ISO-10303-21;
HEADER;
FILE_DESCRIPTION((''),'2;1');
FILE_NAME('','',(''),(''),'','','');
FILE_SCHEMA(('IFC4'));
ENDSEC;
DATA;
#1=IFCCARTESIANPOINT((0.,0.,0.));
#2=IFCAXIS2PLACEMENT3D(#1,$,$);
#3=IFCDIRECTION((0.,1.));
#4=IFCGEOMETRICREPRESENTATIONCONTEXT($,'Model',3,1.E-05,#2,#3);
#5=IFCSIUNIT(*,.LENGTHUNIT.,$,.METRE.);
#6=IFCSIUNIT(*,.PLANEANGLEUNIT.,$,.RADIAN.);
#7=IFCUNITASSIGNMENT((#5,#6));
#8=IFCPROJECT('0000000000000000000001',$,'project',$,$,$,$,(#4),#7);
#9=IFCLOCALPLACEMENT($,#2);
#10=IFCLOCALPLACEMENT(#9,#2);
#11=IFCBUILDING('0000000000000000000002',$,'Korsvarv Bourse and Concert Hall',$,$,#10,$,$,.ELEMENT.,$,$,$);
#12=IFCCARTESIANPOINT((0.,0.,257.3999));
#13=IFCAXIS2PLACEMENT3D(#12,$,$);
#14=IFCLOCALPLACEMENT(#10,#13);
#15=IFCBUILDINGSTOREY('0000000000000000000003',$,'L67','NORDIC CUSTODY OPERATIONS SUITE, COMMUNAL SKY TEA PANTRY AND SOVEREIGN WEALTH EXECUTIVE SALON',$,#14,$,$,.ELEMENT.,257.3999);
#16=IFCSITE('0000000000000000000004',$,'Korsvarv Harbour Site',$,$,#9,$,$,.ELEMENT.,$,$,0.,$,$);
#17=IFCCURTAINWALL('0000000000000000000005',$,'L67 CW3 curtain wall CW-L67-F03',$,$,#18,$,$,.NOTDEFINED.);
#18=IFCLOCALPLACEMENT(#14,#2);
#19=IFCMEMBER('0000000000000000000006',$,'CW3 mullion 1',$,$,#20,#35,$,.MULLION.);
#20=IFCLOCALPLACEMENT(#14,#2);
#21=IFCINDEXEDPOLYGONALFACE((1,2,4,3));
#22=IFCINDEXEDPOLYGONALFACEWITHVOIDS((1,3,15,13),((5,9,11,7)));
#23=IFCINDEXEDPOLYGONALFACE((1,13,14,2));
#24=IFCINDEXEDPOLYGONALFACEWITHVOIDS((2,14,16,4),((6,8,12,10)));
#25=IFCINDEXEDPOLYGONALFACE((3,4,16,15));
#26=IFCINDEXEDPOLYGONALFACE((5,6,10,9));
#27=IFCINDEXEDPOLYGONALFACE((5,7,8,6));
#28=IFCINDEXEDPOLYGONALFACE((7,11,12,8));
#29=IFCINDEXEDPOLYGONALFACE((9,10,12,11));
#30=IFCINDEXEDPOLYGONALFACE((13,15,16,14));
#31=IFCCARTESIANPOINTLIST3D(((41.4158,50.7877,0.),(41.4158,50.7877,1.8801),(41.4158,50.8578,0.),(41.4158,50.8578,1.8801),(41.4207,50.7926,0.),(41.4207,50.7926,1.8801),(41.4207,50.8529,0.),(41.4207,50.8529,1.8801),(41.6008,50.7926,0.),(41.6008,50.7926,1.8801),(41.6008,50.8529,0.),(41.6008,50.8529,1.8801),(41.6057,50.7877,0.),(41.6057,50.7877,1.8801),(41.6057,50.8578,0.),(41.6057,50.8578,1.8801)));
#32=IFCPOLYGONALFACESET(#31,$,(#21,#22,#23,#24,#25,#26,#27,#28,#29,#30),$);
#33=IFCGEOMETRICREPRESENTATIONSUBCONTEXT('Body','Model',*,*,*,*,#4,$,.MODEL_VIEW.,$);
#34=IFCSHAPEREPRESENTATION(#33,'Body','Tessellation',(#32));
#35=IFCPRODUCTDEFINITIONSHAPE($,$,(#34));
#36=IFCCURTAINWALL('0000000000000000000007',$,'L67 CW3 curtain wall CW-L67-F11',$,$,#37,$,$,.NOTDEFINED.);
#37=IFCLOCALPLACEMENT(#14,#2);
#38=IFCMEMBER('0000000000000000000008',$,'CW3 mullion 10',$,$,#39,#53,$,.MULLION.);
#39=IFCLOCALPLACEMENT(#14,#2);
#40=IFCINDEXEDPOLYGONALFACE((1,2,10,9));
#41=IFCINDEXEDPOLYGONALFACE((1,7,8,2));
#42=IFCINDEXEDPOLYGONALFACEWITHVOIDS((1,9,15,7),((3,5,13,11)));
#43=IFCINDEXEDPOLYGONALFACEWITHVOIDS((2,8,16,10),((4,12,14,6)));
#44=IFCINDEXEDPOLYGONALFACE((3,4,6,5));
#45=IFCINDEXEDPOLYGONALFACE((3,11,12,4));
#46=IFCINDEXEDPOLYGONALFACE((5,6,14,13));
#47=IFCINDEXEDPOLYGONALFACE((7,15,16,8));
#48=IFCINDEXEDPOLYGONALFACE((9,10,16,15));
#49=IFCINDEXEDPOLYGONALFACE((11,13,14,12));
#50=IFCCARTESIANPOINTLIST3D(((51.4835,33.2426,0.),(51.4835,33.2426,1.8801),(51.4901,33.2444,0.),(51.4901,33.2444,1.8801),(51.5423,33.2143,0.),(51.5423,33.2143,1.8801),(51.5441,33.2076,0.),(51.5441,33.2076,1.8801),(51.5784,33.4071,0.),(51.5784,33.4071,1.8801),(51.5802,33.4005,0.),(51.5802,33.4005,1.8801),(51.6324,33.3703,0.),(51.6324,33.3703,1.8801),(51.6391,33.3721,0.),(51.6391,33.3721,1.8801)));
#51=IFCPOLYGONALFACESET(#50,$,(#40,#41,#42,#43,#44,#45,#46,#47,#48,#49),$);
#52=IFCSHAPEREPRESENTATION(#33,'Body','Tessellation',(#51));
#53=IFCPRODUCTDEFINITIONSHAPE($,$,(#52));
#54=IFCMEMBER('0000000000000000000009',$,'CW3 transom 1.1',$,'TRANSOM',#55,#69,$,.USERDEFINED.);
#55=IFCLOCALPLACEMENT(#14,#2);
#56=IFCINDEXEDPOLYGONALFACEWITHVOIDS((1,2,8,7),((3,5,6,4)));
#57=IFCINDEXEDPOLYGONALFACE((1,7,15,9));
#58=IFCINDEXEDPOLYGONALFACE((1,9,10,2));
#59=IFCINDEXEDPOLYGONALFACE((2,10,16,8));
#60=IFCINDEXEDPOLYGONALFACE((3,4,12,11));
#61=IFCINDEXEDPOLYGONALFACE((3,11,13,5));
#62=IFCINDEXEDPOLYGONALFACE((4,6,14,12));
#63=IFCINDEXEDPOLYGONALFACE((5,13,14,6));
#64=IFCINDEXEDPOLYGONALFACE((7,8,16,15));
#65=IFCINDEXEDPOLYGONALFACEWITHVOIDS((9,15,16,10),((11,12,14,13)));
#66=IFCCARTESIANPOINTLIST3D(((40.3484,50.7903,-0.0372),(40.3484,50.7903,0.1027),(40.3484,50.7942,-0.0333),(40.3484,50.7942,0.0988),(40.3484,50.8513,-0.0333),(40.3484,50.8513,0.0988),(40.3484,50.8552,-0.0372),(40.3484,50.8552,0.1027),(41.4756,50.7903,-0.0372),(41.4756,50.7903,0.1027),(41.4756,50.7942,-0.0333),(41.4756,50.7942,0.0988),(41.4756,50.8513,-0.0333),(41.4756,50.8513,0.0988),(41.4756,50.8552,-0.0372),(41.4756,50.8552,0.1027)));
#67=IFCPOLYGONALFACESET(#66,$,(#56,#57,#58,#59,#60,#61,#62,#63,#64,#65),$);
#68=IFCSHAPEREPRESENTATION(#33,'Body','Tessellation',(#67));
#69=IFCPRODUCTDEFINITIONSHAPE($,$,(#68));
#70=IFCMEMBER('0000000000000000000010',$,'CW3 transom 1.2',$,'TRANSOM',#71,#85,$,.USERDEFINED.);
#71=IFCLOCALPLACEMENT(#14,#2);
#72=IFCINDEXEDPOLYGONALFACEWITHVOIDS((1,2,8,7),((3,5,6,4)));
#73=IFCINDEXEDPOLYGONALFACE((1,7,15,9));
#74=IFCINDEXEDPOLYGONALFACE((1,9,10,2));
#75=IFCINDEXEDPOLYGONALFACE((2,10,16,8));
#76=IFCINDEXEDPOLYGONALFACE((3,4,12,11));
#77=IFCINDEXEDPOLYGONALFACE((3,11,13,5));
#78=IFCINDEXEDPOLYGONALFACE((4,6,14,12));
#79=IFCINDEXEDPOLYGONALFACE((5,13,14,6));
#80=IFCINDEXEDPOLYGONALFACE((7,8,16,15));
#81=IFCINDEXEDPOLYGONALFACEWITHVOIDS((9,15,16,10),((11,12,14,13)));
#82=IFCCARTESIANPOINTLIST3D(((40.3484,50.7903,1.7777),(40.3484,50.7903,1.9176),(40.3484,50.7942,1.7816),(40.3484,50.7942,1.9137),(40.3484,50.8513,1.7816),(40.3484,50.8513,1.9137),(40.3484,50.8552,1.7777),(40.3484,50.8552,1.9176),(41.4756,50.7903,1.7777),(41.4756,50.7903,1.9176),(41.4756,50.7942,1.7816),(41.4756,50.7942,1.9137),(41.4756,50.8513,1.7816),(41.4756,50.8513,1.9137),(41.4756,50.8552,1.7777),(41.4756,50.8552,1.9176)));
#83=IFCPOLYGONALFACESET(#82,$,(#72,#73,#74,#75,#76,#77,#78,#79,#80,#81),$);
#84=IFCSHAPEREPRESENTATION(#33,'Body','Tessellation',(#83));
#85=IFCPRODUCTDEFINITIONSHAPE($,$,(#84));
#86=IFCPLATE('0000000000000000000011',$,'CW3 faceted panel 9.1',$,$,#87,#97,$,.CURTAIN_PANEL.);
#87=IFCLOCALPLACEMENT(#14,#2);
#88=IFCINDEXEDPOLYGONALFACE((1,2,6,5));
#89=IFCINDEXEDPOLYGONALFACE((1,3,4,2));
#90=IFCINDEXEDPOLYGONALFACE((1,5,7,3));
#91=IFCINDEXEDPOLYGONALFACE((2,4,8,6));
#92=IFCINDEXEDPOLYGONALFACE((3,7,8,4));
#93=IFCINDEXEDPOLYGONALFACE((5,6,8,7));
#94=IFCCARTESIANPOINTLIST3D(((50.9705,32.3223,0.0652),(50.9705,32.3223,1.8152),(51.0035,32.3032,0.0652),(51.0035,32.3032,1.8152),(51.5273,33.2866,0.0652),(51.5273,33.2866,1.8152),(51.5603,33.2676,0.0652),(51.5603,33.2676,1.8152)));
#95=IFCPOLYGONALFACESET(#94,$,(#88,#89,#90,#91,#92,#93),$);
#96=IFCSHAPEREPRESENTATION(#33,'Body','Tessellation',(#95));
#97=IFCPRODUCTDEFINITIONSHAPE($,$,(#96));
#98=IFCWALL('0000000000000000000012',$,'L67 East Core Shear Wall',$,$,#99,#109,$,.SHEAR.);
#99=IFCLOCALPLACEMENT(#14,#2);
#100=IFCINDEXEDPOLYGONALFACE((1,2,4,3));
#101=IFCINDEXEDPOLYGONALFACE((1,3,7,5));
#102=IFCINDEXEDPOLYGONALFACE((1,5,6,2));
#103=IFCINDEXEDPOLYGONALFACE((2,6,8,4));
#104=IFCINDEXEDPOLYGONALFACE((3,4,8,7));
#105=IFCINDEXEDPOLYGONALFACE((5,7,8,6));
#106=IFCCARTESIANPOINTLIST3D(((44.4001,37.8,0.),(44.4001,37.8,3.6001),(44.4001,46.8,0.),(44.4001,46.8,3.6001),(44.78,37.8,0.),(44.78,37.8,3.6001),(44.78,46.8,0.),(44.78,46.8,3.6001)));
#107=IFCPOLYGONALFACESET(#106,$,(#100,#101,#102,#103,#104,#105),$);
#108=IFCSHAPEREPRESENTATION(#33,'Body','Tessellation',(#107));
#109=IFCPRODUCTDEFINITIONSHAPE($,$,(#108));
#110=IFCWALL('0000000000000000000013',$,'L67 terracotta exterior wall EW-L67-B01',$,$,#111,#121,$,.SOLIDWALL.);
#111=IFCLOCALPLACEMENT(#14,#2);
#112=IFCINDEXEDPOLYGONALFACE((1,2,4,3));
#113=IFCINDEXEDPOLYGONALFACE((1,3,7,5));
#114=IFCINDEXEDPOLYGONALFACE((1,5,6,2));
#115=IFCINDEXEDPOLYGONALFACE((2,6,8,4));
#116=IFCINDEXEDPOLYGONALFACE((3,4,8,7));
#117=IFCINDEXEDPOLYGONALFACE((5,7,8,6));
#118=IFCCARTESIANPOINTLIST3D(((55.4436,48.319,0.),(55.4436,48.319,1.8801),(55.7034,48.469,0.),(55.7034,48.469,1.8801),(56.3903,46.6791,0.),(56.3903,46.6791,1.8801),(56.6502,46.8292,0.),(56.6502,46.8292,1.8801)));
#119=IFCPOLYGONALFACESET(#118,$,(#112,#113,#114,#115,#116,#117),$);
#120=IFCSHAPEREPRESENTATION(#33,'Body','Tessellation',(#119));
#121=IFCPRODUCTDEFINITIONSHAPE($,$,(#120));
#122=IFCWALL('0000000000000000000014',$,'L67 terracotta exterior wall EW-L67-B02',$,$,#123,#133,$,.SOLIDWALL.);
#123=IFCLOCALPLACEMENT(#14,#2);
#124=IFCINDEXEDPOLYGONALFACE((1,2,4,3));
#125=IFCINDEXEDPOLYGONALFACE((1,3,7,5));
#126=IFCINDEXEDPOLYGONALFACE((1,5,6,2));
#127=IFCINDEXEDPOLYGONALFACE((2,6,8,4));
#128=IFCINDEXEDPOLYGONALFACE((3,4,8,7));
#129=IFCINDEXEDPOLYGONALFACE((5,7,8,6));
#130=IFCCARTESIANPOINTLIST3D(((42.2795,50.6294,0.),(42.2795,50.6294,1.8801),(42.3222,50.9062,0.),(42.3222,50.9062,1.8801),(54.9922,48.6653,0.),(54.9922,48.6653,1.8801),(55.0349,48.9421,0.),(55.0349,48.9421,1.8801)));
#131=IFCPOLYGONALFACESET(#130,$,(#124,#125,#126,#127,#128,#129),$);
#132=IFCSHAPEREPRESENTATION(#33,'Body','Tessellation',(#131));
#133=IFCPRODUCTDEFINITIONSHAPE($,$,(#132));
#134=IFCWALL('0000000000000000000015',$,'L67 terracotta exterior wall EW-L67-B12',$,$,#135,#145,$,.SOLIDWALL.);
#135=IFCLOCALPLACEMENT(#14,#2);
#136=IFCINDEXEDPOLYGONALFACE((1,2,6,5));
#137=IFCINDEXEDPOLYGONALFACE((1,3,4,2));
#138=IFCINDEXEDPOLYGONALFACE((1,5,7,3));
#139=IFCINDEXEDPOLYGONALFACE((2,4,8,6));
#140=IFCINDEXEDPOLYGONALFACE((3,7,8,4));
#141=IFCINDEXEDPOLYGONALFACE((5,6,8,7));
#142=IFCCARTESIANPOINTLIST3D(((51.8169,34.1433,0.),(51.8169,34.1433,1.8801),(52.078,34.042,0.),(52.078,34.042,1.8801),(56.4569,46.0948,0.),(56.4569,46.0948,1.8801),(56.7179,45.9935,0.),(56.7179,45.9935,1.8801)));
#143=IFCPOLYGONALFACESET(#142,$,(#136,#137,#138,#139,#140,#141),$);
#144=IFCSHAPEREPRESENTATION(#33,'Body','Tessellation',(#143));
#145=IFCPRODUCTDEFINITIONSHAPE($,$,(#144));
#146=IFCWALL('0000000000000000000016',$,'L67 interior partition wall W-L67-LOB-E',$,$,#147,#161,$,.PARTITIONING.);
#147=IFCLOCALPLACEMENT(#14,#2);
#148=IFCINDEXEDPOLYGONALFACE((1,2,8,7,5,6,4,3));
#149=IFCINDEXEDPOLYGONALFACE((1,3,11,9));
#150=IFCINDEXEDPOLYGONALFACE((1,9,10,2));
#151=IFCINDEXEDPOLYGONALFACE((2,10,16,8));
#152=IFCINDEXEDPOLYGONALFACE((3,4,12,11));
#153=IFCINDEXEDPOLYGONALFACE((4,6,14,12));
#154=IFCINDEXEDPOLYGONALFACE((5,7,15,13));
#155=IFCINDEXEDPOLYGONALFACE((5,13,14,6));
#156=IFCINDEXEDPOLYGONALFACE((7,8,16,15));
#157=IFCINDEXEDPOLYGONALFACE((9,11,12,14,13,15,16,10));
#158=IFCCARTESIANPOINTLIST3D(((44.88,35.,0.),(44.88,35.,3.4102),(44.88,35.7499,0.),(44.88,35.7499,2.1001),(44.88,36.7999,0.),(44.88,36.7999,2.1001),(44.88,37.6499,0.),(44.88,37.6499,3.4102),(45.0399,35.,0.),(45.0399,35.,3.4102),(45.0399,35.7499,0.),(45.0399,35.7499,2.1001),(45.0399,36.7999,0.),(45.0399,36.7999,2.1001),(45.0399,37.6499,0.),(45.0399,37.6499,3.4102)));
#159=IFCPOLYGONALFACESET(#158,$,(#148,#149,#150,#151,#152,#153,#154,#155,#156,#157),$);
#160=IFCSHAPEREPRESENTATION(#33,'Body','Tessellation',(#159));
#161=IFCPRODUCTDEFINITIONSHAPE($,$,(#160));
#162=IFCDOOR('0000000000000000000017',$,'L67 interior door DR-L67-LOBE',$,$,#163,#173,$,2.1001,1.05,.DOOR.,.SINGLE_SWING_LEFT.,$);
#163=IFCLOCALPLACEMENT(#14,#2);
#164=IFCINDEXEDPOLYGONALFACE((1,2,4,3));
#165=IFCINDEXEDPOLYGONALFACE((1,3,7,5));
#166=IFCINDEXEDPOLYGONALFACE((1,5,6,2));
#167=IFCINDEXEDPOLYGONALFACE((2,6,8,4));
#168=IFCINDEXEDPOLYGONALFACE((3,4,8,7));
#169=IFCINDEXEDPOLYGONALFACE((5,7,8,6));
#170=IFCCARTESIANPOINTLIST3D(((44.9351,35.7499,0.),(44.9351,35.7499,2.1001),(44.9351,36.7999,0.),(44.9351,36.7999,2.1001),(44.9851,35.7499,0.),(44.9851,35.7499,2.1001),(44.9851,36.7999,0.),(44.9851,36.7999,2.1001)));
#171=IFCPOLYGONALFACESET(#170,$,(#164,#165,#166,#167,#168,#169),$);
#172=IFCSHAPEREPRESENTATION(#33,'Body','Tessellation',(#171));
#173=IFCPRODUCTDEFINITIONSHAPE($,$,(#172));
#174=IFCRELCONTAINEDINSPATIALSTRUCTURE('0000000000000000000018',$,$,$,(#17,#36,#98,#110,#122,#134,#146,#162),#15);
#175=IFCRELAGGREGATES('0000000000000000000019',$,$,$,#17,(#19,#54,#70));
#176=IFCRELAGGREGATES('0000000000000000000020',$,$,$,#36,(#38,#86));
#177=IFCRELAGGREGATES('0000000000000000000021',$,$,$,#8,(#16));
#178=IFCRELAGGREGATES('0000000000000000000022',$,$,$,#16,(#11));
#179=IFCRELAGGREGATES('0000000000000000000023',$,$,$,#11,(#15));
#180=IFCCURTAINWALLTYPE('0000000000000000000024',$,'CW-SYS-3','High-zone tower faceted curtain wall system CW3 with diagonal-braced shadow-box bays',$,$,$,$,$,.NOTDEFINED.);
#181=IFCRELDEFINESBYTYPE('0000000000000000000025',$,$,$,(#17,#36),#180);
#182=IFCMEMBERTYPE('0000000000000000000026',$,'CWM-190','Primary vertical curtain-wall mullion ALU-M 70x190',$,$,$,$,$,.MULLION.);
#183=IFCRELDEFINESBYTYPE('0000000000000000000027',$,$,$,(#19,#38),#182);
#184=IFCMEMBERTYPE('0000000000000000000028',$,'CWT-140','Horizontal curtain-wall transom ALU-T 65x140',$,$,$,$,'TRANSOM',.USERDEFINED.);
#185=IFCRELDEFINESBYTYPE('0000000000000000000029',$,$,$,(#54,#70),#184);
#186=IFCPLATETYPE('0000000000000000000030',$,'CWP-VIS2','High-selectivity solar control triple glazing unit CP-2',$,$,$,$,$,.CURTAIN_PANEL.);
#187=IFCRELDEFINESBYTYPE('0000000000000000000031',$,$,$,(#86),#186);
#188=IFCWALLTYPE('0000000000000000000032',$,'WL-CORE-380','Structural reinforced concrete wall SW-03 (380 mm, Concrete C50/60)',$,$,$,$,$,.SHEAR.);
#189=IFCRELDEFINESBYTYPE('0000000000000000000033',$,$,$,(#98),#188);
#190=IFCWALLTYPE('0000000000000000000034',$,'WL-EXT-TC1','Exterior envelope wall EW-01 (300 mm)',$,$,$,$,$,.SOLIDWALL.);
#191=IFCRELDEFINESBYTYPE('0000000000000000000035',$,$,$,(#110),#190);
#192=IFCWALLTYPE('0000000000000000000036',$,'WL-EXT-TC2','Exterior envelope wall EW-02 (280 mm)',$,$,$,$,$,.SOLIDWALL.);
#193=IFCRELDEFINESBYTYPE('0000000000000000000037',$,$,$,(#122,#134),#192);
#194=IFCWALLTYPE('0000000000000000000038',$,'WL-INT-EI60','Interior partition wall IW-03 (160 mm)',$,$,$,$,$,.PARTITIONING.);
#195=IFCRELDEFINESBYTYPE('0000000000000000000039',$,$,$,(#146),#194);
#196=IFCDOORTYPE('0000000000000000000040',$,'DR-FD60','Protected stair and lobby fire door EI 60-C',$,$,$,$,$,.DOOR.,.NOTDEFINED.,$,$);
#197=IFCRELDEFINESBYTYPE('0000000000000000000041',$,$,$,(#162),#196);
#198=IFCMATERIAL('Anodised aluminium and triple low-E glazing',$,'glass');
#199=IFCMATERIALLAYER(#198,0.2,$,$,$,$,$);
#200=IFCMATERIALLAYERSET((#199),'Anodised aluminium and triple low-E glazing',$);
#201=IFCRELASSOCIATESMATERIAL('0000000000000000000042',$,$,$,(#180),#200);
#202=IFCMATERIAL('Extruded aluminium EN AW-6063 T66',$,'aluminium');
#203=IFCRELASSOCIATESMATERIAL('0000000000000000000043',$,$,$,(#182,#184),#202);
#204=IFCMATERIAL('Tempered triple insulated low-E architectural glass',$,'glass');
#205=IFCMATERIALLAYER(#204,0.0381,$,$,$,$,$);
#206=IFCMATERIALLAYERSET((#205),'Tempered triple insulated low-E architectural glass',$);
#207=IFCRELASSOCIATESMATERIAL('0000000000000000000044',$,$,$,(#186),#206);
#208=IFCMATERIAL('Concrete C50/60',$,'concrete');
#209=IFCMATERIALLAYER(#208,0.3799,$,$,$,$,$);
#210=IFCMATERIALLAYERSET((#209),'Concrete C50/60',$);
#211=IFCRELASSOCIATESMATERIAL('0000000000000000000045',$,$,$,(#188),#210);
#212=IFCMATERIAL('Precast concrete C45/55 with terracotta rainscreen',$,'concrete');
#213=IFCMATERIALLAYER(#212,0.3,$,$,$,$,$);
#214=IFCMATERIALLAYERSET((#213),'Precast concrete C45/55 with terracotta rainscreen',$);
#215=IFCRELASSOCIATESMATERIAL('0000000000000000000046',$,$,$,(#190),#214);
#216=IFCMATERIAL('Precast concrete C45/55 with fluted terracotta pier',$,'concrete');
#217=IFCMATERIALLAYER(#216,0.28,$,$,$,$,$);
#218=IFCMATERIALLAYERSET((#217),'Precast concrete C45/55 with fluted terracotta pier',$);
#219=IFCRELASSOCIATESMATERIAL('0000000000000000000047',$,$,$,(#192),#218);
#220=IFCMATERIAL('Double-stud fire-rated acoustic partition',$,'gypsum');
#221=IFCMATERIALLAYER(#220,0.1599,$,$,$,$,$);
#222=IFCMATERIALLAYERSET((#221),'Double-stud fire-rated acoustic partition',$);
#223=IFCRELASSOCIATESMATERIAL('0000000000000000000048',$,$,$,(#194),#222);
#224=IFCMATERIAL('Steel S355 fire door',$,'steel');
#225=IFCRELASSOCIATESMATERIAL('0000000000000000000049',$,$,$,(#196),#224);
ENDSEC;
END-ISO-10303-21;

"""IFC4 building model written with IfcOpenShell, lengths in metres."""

from ifc_helpers import new_model, si_unit, direction, frame, frame_2d, origin, origin_2d, place, context, subcontext, project, spatial, rectangle, hollow_rectangle, extrude, source, transform, mapped, material, layer, layer_set, material_profile, profile_set, type_object, element, fill, aggregate, save


model = new_model("IFC4")

# Units and contexts
model_context = context("Model", 3, precision=1e-05, world=origin(), true_north=direction((0.0, 1.0)))
body_context = subcontext(model_context, "Body", "Model", "MODEL_VIEW")
ifc_project = project(units=[si_unit("LENGTHUNIT", "METRE"), si_unit("PLANEANGLEUNIT", "RADIAN")], contexts=[model_context])

# Site, building, storey
site_placement = place(None, origin())
site = spatial("IfcSite", under=ifc_project, at=site_placement, Name="Korsvarv Harbour Site", CompositionType="ELEMENT", RefElevation=0.0)
building_placement = place(site_placement, origin())
building = spatial("IfcBuilding", under=site, at=building_placement, Name="Korsvarv Bourse and Concert Hall", CompositionType="ELEMENT")
storey_placement = place(building_placement, frame((0.0, 0.0, 257.3999)))
storey = spatial("IfcBuildingStorey", under=building, at=storey_placement, Name="L67", Description="NORDIC CUSTODY OPERATIONS SUITE, COMMUNAL SKY TEA PANTRY AND SOVEREIGN WEALTH EXECUTIVE SALON", CompositionType="ELEMENT", Elevation=257.3999)

# Shared definitions
ifc_material_1 = material(Name="Concrete C50/60", Category="concrete")

# Curtain walls, members
ifc_material_2 = material(Name="Anodised aluminium and triple low-E glazing", Category="glass")
ifc_layer_1 = layer(ifc_material_2, 0.2)
ifc_layer_set_1 = layer_set([ifc_layer_1], Name="Anodised aluminium and triple low-E glazing")
curtain_wall_type = type_object("IfcCurtainWallType", Name="CW-SYS-3", Description="High-zone tower faceted curtain wall system CW3 with diagonal-braced shadow-box bays", PredefinedType="NOTDEFINED", material=ifc_layer_set_1)
curtain_wall_1_placement = place(storey_placement, origin())
curtain_wall_1 = element("IfcCurtainWall", 1, at=curtain_wall_1_placement, inside=storey, type_object=curtain_wall_type, Name="L67 CW3 curtain wall CW-L67-F03", PredefinedType="NOTDEFINED")
ifc_material_3 = material(Name="Extruded aluminium EN AW-6063 T66", Category="aluminium")
ifc_material_profile_1 = material_profile(ifc_material_3, hollow_rectangle(XDim=0.0701, YDim=0.1899, WallThickness=0.0049, at=origin_2d()), Name="ALU-M 70x190")
ifc_profile_set_1 = profile_set([ifc_material_profile_1], Name="Extruded aluminium EN AW-6063 T66")
member_type_1 = type_object("IfcMemberType", Name="CWM-190", Description="Primary vertical curtain-wall mullion ALU-M 70x190", PredefinedType="MULLION", material=ifc_profile_set_1)
shared_shape_1 = source(origin(), body_context, "Body", "SweptSolid", [
    extrude(hollow_rectangle(XDim=0.0701, YDim=0.1899, WallThickness=0.0049, at=origin_2d()), origin(), (0.0, 0.0, 1.0), 1.8801),
])
member_1_placement = place(storey_placement, frame((41.5107, 50.8228, 0.0), z_axis=(0.0, 0.0, 1.0), x_axis=(0.0, -1.0, 0.0)))
member_1 = element("IfcMember", 2, at=member_1_placement, type_object=member_type_1, Name="CW3 mullion 1", PredefinedType="MULLION", context=body_context, shape_type="MappedRepresentation", body=[
    mapped(shared_shape_1, transform((0.0, 0.0, 0.0), scale=1.0)),
])
curtain_wall_2_placement = place(storey_placement, origin())
curtain_wall_2 = element("IfcCurtainWall", 3, at=curtain_wall_2_placement, inside=storey, type_object=curtain_wall_type, Name="L67 CW3 curtain wall CW-L67-F11", PredefinedType="NOTDEFINED")
member_2_placement = place(storey_placement, frame((51.5613, 33.3074, 0.0), z_axis=(0.0, 0.0, 1.0), x_axis=(-0.866023, 0.500004, 0.0)))
member_2 = element("IfcMember", 4, at=member_2_placement, type_object=member_type_1, Name="CW3 mullion 10", PredefinedType="MULLION", context=body_context, shape_type="MappedRepresentation", body=[
    mapped(shared_shape_1, transform((0.0, 0.0, 0.0), scale=1.0)),
])

# Members
ifc_material_profile_2 = material_profile(ifc_material_3, hollow_rectangle(XDim=0.0649, YDim=0.1399, WallThickness=0.0039, at=origin_2d()), Name="ALU-T 65x140")
ifc_profile_set_2 = profile_set([ifc_material_profile_2], Name="Extruded aluminium EN AW-6063 T66")
member_type_2 = type_object("IfcMemberType", Name="CWT-140", Description="Horizontal curtain-wall transom ALU-T 65x140", ElementType="TRANSOM", PredefinedType="USERDEFINED", material=ifc_profile_set_2)
shared_shape_2 = source(origin(), body_context, "Body", "SweptSolid", [
    extrude(hollow_rectangle(XDim=0.0649, YDim=0.1399, WallThickness=0.0039, at=origin_2d()), origin(), (0.0, 0.0, 1.0), 1.1272),
])
member_3_placement = place(storey_placement, frame((41.4756, 50.8228, 0.0327), z_axis=(-1.0, 0.0, 0.0), x_axis=(0.0, -1.0, 0.0)))
member_3 = element("IfcMember", 5, at=member_3_placement, type_object=member_type_2, Name="CW3 transom 1.1", ObjectType="TRANSOM", PredefinedType="USERDEFINED", context=body_context, shape_type="MappedRepresentation", body=[
    mapped(shared_shape_2, transform((0.0, 0.0, 0.0), scale=1.0)),
])
member_4_placement = place(storey_placement, frame((41.4756, 50.8228, 1.8477), z_axis=(-1.0, 0.0, 0.0), x_axis=(0.0, -1.0, 0.0)))
member_4 = element("IfcMember", 6, at=member_4_placement, type_object=member_type_2, Name="CW3 transom 1.2", ObjectType="TRANSOM", PredefinedType="USERDEFINED", context=body_context, shape_type="MappedRepresentation", body=[
    mapped(shared_shape_2, transform((0.0, 0.0, 0.0), scale=1.0)),
])
aggregate(curtain_wall_1, [member_1, member_3, member_4])

# Plate
ifc_material_4 = material(Name="Tempered triple insulated low-E architectural glass", Category="glass")
ifc_layer_2 = layer(ifc_material_4, 0.0381)
ifc_layer_set_2 = layer_set([ifc_layer_2], Name="Tempered triple insulated low-E architectural glass")
plate_type = type_object("IfcPlateType", Name="CWP-VIS2", Description="High-selectivity solar control triple glazing unit CP-2", PredefinedType="CURTAIN_PANEL", material=ifc_layer_set_2)
shared_shape_3 = source(origin(), body_context, "Body", "SweptSolid", [
    extrude(rectangle(XDim=1.1135, YDim=0.0381, at=origin_2d()), origin(), (0.0, 0.0, 1.0), 1.75),
])
plate_placement = place(storey_placement, frame((51.2654, 32.7949, 0.0652), z_axis=(0.0, 0.0, 1.0), x_axis=(0.500004, 0.866023, 0.0)))
plate = element("IfcPlate", 7, at=plate_placement, type_object=plate_type, Name="CW3 faceted panel 9.1", PredefinedType="CURTAIN_PANEL", context=body_context, shape_type="MappedRepresentation", body=[
    mapped(shared_shape_3, transform((0.0, 0.0, 0.0), scale=1.0)),
])
aggregate(curtain_wall_2, [member_2, plate])

# Walls
ifc_layer_3 = layer(ifc_material_1, 0.3799)
ifc_layer_set_3 = layer_set([ifc_layer_3], Name="Concrete C50/60")
wall_type_1 = type_object("IfcWallType", Name="WL-CORE-380", Description="Structural reinforced concrete wall SW-03 (380 mm, Concrete C50/60)", PredefinedType="SHEAR", material=ifc_layer_set_3)
wall_1_placement = place(storey_placement, frame((44.5901, 37.8, 0.0), z_axis=(0.0, 0.0, 1.0), x_axis=(0.0, 1.0, 0.0)))
element("IfcWall", 8, at=wall_1_placement, inside=storey, type_object=wall_type_1, Name="L67 East Core Shear Wall", PredefinedType="SHEAR", context=body_context, shape_type="SweptSolid", body=[
    extrude(rectangle(XDim=9.0, YDim=0.3799, at=frame_2d((4.5, 0.0))), origin(), (0.0, 0.0, 1.0), 3.6001),
])
ifc_material_5 = material(Name="Precast concrete C45/55 with terracotta rainscreen", Category="concrete")
ifc_layer_4 = layer(ifc_material_5, 0.3)
ifc_layer_set_4 = layer_set([ifc_layer_4], Name="Precast concrete C45/55 with terracotta rainscreen")
wall_type_2 = type_object("IfcWallType", Name="WL-EXT-TC1", Description="Exterior envelope wall EW-01 (300 mm)", PredefinedType="SOLIDWALL", material=ifc_layer_set_4)
wall_2_placement = place(storey_placement, frame((56.5203, 46.7542, 0.0), z_axis=(0.0, 0.0, 1.0), x_axis=(-0.499994, 0.866029, 0.0)))
element("IfcWall", 9, at=wall_2_placement, inside=storey, type_object=wall_type_2, Name="L67 terracotta exterior wall EW-L67-B01", PredefinedType="SOLIDWALL", context=body_context, shape_type="SweptSolid", body=[
    extrude(rectangle(XDim=1.8936, YDim=0.3, at=frame_2d((0.9468, 0.0))), origin(), (0.0, 0.0, 1.0), 1.8801),
])
ifc_material_6 = material(Name="Precast concrete C45/55 with fluted terracotta pier", Category="concrete")
ifc_layer_5 = layer(ifc_material_6, 0.28)
ifc_layer_set_5 = layer_set([ifc_layer_5], Name="Precast concrete C45/55 with fluted terracotta pier")
wall_type_3 = type_object("IfcWallType", Name="WL-EXT-TC2", Description="Exterior envelope wall EW-02 (280 mm)", PredefinedType="SOLIDWALL", material=ifc_layer_set_5)
wall_3_placement = place(storey_placement, frame((55.0134, 48.8037, 0.0), z_axis=(0.0, 0.0, 1.0), x_axis=(-0.988274, 0.152689, 0.0)))
element("IfcWall", 10, at=wall_3_placement, inside=storey, type_object=wall_type_3, Name="L67 terracotta exterior wall EW-L67-B02", PredefinedType="SOLIDWALL", context=body_context, shape_type="SweptSolid", body=[
    extrude(rectangle(XDim=12.8635, YDim=0.28, at=frame_2d((6.4316, 0.0))), origin(), (0.0, 0.0, 1.0), 1.8801),
])
wall_4_placement = place(storey_placement, frame((51.9475, 34.0928, 0.0), z_axis=(0.0, 0.0, 1.0), x_axis=(0.361912, 0.932212, 0.0)))
element("IfcWall", 11, at=wall_4_placement, inside=storey, type_object=wall_type_3, Name="L67 terracotta exterior wall EW-L67-B12", PredefinedType="SOLIDWALL", context=body_context, shape_type="SweptSolid", body=[
    extrude(rectangle(XDim=12.8206, YDim=0.28, at=frame_2d((6.4102, 0.0))), origin(), (0.0, 0.0, 1.0), 1.8801),
])

# Wall, opening, door
ifc_material_7 = material(Name="Double-stud fire-rated acoustic partition", Category="gypsum")
ifc_layer_6 = layer(ifc_material_7, 0.1599)
ifc_layer_set_6 = layer_set([ifc_layer_6], Name="Double-stud fire-rated acoustic partition")
wall_type_4 = type_object("IfcWallType", Name="WL-INT-EI60", Description="Interior partition wall IW-03 (160 mm)", PredefinedType="PARTITIONING", material=ifc_layer_set_6)
wall_5_placement = place(storey_placement, frame((44.96, 35.0, 0.0), z_axis=(0.0, 0.0, 1.0), x_axis=(0.0, 1.0, 0.0)))
wall_5 = element("IfcWall", 12, at=wall_5_placement, inside=storey, type_object=wall_type_4, Name="L67 interior partition wall W-L67-LOB-E", PredefinedType="PARTITIONING", context=body_context, shape_type="SweptSolid", body=[
    extrude(rectangle(XDim=2.6499, YDim=0.1599, at=frame_2d((1.325, 0.0))), origin(), (0.0, 0.0, 1.0), 3.4102),
])
opening_placement = place(wall_5_placement, frame((0.75, 0.0, 0.0)))
opening = element("IfcOpeningElement", 13, at=opening_placement, cuts=wall_5, PredefinedType="OPENING", context=body_context, shape_type="SweptSolid", body=[
    extrude(rectangle(XDim=1.05, YDim=2.1001, at=frame_2d((0.5249, 1.05))), frame((0.0, 0.0898, 0.0), z_axis=(0.0, -1.0, 0.0), x_axis=(1.0, 0.0, 0.0)), (0.0, 0.0, 1.0), 0.1799),
])
ifc_material_8 = material(Name="Steel S355 fire door", Category="steel")
door_type = type_object("IfcDoorType", Name="DR-FD60", Description="Protected stair and lobby fire door EI 60-C", OperationType="NOTDEFINED", PredefinedType="DOOR", material=ifc_material_8)
door_placement = place(opening_placement, origin())
door = element("IfcDoor", 14, at=door_placement, inside=storey, type_object=door_type, Name="L67 interior door DR-L67-LOBE", OperationType="SINGLE_SWING_LEFT", OverallHeight=2.1001, OverallWidth=1.05, PredefinedType="DOOR", context=body_context, shape_type="SweptSolid", body=[
    extrude(rectangle(XDim=1.05, YDim=2.1001, at=frame_2d((0.5249, 1.05))), frame((0.0, 0.0249, 0.0), z_axis=(0.0, -1.0, 0.0), x_axis=(1.0, 0.0, 0.0)), (0.0, 0.0, 1.0), 0.05),
])
fill(opening, door)

save(model, "model.ifc")
